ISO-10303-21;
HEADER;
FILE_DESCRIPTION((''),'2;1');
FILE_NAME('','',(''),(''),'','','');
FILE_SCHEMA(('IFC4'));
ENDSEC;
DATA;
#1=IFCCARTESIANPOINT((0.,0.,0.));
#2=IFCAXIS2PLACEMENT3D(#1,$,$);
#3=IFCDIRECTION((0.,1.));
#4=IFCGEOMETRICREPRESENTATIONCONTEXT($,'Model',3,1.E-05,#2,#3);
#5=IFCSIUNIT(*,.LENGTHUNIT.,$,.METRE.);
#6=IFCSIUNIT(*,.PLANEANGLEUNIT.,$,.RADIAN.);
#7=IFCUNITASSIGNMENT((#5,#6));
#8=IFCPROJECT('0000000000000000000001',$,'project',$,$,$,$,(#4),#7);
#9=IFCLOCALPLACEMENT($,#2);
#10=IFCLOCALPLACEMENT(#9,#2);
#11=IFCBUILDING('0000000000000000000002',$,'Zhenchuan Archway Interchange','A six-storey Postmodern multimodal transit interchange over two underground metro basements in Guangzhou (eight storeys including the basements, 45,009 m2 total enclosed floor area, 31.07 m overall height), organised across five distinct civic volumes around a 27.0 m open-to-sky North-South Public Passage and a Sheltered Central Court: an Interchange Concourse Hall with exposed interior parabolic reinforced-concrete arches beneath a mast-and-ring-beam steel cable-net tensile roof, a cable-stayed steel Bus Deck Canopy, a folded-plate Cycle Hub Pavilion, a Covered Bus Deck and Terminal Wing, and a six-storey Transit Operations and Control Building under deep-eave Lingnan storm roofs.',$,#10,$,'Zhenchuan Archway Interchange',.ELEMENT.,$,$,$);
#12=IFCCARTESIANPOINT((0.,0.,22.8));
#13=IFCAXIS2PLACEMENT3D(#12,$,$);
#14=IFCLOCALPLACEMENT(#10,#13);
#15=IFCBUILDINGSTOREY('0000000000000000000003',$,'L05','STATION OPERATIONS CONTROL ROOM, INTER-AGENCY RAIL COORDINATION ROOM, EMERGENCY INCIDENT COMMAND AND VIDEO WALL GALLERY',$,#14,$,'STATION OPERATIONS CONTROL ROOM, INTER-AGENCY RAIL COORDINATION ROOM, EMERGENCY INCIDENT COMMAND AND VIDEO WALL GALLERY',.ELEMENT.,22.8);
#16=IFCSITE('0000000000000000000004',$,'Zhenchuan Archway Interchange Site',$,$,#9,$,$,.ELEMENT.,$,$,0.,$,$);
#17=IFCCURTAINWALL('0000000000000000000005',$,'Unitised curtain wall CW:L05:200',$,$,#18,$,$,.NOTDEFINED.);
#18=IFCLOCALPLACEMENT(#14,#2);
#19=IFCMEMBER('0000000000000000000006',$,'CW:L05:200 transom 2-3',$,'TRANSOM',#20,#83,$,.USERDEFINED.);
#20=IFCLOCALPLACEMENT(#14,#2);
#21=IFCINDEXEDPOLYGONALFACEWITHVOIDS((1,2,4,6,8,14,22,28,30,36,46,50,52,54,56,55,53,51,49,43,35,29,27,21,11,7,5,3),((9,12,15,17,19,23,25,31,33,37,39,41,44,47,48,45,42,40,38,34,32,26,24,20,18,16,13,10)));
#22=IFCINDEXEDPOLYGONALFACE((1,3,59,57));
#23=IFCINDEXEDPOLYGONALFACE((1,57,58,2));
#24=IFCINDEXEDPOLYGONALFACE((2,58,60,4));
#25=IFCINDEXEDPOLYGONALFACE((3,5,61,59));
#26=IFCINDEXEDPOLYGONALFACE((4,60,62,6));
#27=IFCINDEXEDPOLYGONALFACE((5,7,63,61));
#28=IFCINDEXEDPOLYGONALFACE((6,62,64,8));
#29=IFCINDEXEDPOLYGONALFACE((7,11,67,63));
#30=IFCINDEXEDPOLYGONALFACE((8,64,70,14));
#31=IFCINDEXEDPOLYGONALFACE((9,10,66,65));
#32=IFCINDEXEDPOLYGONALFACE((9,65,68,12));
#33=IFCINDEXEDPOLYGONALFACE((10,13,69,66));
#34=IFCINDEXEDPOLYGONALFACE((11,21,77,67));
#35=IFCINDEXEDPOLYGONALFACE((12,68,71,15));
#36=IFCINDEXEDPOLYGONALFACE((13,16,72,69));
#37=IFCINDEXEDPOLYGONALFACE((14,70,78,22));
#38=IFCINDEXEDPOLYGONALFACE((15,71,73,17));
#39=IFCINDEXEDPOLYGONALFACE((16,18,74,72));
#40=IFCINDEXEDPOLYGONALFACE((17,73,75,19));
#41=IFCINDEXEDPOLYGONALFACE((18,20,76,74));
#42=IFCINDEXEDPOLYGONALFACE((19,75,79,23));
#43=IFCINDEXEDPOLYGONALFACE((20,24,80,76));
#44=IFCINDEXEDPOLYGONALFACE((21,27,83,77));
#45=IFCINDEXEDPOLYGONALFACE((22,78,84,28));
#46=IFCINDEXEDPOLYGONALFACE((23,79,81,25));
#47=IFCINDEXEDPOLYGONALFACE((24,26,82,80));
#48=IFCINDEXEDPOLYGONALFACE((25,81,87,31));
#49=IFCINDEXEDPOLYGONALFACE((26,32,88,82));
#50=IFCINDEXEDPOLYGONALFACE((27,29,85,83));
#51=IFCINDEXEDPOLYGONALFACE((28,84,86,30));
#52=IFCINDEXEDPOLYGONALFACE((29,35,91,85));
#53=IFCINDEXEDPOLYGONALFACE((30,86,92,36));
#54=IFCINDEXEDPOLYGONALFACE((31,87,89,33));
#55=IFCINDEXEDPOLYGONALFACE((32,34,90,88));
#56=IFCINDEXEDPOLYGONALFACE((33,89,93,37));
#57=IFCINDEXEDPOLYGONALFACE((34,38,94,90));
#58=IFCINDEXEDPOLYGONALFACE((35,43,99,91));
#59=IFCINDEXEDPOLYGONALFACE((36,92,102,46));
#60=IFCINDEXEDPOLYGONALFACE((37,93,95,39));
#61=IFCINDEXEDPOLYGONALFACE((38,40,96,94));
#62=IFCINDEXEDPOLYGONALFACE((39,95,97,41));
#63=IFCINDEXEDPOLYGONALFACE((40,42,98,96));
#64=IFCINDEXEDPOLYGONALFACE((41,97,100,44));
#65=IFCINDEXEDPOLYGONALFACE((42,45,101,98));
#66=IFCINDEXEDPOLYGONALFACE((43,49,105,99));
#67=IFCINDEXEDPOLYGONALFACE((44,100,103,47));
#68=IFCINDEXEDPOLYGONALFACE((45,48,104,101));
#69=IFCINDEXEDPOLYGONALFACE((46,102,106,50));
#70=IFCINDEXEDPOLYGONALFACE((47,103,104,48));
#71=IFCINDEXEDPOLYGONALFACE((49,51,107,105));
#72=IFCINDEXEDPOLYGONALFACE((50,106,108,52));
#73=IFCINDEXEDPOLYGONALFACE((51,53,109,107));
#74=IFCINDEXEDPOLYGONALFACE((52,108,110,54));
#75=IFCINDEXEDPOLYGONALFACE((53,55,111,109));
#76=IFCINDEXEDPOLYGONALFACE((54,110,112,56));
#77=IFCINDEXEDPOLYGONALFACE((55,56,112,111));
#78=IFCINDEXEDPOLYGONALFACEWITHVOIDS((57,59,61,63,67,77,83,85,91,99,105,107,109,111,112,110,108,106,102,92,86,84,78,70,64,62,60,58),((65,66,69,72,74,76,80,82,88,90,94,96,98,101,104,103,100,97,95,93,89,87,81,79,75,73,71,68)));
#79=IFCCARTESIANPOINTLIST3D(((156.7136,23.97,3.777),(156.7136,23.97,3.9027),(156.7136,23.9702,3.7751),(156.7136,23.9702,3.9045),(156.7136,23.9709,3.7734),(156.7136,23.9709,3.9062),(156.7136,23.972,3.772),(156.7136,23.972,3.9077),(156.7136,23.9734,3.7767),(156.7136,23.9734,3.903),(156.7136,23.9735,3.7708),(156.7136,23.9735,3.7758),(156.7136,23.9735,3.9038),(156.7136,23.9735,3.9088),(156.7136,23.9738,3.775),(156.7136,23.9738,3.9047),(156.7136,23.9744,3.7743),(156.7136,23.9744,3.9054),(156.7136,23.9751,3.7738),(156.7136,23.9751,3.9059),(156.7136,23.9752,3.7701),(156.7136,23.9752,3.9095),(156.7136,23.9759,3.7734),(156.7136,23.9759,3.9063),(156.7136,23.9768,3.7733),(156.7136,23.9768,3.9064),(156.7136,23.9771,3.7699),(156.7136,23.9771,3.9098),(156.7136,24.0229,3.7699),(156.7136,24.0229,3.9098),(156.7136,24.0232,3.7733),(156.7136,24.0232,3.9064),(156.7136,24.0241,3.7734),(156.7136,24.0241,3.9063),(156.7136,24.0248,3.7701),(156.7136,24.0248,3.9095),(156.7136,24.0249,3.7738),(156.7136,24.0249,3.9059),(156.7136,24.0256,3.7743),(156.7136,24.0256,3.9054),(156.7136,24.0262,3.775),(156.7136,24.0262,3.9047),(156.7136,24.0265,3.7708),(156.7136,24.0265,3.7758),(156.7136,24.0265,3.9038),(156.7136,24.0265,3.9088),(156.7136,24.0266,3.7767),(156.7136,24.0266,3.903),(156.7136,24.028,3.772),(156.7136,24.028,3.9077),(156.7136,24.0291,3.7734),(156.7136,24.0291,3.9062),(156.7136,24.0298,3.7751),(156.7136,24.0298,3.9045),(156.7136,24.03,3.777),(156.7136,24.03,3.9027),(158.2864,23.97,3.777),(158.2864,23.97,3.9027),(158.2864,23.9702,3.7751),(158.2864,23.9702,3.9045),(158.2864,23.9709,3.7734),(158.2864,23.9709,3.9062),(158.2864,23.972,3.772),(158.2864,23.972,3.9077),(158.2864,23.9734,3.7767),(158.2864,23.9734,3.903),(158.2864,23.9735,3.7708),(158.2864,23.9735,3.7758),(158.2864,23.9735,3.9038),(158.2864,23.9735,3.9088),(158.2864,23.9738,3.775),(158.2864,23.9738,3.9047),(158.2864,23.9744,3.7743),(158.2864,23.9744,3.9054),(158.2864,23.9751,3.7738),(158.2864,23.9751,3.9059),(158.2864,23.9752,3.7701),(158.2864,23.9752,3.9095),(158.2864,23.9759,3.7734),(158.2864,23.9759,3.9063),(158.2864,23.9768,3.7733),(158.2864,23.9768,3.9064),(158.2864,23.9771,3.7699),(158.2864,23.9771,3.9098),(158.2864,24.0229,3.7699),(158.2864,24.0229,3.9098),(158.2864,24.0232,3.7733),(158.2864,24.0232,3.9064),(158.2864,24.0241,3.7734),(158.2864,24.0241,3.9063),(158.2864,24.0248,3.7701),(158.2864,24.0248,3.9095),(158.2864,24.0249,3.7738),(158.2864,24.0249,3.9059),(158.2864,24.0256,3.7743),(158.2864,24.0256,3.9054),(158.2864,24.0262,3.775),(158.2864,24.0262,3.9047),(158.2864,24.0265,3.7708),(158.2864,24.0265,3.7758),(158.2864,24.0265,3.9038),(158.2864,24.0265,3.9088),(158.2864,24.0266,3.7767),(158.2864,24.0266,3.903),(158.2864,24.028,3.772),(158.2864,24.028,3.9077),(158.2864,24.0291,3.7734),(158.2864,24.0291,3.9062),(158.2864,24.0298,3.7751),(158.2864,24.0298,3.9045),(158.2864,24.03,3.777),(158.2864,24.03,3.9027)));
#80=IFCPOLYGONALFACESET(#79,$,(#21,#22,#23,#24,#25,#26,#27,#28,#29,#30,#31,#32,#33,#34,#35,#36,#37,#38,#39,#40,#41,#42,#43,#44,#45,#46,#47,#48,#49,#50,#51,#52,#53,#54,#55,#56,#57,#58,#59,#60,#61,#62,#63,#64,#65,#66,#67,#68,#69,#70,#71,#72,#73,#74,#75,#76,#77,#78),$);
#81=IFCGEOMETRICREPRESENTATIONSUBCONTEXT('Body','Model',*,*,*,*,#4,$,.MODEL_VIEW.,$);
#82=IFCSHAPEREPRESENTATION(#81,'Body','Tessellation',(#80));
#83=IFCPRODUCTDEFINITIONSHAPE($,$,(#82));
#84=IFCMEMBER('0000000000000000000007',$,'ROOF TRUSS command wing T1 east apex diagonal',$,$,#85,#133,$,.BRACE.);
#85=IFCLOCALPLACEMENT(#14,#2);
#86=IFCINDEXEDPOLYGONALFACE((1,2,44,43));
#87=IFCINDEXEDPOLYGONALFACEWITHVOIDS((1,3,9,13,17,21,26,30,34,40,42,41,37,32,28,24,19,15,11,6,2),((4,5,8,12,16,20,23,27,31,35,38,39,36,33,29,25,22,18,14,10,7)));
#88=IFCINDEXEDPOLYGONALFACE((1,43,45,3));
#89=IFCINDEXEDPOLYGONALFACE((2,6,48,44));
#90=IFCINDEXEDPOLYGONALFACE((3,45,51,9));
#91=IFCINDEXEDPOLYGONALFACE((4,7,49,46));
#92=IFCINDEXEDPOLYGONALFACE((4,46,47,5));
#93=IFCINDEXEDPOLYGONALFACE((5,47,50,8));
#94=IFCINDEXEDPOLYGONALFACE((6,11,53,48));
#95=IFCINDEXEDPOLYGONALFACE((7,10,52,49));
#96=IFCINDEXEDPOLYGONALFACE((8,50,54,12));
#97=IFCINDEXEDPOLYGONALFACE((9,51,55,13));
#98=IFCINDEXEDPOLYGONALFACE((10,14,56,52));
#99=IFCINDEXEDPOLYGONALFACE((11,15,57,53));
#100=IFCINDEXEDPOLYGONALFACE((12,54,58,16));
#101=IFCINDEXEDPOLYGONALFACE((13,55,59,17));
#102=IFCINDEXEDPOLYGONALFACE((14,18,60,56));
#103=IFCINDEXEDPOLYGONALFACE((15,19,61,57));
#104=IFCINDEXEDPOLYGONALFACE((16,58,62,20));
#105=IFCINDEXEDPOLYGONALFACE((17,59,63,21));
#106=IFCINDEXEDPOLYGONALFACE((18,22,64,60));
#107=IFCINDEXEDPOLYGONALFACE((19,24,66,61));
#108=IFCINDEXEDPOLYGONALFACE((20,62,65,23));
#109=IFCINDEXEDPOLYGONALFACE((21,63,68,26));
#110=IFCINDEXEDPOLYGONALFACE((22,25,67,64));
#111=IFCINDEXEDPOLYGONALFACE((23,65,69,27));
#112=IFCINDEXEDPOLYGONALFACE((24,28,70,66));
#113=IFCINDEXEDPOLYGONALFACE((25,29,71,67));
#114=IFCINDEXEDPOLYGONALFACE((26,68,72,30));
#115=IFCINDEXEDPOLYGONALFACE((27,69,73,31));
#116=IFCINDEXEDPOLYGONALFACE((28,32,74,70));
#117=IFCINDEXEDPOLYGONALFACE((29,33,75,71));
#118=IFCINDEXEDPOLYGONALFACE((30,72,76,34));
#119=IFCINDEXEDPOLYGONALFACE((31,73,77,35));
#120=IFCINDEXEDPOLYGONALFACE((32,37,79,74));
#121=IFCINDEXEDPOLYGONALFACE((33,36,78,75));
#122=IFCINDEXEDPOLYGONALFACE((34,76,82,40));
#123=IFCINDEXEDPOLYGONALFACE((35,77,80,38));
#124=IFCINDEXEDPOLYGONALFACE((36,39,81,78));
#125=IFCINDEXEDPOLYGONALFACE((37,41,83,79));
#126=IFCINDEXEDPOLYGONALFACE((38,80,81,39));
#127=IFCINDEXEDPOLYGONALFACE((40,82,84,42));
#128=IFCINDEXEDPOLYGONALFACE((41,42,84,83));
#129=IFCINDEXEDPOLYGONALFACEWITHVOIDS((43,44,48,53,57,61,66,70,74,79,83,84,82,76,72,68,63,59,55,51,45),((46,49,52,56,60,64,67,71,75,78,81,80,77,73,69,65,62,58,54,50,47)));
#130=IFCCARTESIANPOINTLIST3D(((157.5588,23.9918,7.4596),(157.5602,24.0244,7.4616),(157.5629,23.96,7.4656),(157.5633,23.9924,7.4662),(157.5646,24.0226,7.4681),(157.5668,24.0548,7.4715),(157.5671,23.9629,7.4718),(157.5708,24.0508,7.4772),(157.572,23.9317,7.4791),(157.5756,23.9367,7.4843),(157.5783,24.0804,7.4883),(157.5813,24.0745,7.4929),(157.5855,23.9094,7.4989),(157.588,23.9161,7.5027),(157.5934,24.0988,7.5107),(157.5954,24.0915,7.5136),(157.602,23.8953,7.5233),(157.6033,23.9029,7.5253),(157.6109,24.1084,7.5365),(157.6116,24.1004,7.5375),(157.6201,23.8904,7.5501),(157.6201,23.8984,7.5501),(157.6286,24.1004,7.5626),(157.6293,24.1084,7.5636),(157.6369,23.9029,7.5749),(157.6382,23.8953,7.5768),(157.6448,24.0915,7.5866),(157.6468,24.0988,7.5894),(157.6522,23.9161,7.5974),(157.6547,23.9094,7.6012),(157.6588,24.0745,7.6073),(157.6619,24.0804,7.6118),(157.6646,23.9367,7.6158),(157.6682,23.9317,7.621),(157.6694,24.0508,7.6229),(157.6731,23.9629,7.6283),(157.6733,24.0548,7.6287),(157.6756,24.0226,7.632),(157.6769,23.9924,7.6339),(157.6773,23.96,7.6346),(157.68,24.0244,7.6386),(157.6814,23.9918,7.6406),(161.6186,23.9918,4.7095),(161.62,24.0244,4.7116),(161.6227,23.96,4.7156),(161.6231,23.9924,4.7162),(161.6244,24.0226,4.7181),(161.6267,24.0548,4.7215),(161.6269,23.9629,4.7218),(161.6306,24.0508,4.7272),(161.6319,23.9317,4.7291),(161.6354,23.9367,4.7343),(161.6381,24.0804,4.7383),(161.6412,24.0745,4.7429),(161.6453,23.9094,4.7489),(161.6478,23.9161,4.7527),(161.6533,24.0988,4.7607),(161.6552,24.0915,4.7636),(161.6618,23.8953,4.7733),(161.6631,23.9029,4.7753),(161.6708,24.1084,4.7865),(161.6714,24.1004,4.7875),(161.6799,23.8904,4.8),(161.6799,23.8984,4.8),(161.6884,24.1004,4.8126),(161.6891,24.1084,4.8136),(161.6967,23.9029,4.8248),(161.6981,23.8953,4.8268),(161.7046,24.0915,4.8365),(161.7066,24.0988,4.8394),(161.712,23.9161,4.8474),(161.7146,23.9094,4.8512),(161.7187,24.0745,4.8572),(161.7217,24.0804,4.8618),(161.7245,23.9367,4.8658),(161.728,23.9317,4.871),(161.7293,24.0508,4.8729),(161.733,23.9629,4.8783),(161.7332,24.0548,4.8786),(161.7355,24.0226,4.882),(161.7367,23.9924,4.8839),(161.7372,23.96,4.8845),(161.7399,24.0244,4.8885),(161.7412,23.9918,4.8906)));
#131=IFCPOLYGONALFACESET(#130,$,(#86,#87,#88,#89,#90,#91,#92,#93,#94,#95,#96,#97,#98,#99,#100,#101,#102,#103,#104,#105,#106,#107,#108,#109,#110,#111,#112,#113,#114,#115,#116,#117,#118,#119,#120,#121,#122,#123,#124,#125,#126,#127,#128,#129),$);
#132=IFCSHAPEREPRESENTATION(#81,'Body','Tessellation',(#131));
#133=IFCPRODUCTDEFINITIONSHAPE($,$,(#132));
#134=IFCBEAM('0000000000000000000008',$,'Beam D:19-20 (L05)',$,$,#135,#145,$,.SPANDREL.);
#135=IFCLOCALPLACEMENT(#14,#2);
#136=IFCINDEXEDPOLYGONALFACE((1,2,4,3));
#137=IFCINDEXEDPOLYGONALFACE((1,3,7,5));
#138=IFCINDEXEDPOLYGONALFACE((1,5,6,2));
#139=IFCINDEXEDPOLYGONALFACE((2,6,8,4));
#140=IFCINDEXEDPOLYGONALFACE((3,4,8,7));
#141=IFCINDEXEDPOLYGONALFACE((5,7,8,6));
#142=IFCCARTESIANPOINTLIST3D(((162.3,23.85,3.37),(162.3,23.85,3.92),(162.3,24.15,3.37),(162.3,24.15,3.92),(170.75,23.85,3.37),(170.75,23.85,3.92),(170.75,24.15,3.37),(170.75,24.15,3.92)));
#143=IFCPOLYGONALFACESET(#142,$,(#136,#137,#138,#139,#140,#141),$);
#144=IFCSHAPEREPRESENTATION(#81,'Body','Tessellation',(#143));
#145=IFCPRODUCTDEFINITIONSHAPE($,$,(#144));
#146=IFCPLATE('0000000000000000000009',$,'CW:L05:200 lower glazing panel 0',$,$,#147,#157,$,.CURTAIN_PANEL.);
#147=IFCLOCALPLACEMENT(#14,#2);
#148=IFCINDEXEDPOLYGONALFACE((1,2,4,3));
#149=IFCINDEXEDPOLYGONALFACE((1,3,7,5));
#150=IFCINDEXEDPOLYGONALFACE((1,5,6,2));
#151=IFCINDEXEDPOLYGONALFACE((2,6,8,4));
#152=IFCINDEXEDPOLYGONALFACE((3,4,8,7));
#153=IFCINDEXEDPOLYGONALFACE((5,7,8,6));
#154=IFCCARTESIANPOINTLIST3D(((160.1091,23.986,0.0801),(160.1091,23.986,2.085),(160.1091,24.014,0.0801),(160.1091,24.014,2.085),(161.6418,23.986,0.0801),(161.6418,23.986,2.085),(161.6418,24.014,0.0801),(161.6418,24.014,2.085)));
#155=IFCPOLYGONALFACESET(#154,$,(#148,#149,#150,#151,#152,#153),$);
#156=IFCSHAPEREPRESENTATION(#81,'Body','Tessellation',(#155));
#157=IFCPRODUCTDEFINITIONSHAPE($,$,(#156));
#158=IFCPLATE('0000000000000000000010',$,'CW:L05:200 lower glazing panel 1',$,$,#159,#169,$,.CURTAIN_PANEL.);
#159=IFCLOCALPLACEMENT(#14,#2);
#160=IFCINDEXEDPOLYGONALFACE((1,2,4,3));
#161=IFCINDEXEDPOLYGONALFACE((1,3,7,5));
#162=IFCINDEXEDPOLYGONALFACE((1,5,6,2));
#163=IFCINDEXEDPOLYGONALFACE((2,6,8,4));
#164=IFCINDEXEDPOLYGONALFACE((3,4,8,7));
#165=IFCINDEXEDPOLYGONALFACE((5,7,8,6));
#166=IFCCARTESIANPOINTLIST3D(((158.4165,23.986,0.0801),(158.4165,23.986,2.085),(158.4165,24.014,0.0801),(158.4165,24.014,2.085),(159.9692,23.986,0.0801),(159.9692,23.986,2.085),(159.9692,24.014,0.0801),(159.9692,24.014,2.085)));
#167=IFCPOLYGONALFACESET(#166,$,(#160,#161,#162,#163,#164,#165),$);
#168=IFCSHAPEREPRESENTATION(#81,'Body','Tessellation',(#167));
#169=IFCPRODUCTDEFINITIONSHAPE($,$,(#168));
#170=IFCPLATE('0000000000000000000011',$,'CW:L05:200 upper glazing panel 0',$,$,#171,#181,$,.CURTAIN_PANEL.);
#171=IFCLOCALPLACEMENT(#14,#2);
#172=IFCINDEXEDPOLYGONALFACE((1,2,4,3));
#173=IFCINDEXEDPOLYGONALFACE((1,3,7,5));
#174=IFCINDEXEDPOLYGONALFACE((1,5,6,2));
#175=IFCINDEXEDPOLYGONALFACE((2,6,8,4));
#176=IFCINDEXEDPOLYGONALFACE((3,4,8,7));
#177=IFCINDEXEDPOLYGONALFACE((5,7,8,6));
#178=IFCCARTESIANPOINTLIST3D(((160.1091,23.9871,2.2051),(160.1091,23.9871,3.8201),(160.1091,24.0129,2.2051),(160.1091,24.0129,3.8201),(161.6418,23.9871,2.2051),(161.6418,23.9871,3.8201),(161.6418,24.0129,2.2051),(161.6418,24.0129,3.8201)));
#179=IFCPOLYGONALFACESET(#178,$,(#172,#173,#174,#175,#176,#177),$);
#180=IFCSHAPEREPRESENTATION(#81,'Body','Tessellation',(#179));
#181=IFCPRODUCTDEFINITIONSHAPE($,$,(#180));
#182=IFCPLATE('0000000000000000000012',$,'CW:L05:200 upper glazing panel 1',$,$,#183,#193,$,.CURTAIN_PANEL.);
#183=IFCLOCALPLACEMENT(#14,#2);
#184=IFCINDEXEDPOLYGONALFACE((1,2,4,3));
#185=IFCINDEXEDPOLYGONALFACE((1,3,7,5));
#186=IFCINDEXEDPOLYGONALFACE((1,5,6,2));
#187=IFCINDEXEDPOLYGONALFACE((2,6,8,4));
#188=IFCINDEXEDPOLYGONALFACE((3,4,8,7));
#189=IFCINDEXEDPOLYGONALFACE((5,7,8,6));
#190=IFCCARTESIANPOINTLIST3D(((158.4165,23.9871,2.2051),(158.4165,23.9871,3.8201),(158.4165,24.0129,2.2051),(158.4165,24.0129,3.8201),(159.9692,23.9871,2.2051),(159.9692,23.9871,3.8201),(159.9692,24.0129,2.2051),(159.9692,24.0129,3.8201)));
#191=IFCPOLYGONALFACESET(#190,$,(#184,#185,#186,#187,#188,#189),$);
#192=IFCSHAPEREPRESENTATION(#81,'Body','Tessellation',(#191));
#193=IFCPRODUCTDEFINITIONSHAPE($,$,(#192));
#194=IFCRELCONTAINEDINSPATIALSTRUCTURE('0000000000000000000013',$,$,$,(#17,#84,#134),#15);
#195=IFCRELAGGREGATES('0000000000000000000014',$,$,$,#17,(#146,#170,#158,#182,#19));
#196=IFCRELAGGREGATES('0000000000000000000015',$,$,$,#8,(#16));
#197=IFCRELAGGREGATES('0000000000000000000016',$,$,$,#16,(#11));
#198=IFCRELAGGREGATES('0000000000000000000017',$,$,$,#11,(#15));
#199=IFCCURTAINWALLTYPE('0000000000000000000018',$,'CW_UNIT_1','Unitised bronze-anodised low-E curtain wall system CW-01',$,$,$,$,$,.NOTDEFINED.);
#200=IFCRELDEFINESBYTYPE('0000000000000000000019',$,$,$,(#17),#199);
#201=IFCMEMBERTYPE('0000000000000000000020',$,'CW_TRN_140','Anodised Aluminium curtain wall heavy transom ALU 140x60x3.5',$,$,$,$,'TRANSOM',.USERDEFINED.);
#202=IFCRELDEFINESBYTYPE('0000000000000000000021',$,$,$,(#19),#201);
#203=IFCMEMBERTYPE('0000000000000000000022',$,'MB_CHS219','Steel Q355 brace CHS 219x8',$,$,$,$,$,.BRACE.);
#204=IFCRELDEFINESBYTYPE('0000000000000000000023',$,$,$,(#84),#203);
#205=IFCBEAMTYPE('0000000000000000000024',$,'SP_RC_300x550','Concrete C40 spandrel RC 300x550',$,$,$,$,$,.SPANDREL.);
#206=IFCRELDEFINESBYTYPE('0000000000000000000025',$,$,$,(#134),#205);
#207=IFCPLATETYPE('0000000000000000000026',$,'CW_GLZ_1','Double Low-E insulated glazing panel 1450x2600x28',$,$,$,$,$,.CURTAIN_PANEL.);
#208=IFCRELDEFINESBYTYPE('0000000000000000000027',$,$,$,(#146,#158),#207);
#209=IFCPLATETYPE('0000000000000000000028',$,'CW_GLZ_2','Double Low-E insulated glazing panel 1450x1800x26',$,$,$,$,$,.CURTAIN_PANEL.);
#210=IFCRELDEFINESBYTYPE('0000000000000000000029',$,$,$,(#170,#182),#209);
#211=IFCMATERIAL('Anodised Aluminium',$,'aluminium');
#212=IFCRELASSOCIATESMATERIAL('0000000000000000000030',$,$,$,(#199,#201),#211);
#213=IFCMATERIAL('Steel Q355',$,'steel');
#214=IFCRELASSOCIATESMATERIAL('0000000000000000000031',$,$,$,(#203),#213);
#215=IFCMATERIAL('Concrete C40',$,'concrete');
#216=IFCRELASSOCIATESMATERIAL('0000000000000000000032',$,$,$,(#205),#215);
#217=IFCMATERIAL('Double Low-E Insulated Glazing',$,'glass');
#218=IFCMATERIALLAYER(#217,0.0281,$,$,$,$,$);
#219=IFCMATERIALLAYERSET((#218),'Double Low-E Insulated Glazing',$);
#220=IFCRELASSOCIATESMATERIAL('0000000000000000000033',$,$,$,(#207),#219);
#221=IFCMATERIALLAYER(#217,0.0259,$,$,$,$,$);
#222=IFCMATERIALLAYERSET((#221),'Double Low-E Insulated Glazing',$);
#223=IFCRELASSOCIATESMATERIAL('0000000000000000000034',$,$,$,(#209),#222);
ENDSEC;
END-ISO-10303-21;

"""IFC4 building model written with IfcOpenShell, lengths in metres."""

from ifc_helpers import new_model, si_unit, direction, frame, origin, origin_2d, place, context, subcontext, project, spatial, rectangle, hollow_rectangle, hollow_circle, extrude, material, layer, layer_set, material_profile, profile_set, type_object, element, aggregate, save


model = new_model("IFC4")

# Units and contexts
model_context = context("Model", 3, precision=1e-05, world=origin(), true_north=direction((0.0, 1.0)))
body_context = subcontext(model_context, "Body", "Model", "MODEL_VIEW")
ifc_project = project(units=[si_unit("LENGTHUNIT", "METRE"), si_unit("PLANEANGLEUNIT", "RADIAN")], contexts=[model_context])

# Site, building, storey
site_placement = place(None, origin())
site = spatial("IfcSite", under=ifc_project, at=site_placement, Name="Zhenchuan Archway Interchange Site", CompositionType="ELEMENT", RefElevation=0.0)
building_placement = place(site_placement, origin())
building = spatial("IfcBuilding", under=site, at=building_placement, Name="Zhenchuan Archway Interchange", Description="A six-storey Postmodern multimodal transit interchange over two underground metro basements in Guangzhou (eight storeys including the basements, 45,009 m2 total enclosed floor area, 31.07 m overall height), organised across five distinct civic volumes around a 27.0 m open-to-sky North-South Public Passage and a Sheltered Central Court: an Interchange Concourse Hall with exposed interior parabolic reinforced-concrete arches beneath a mast-and-ring-beam steel cable-net tensile roof, a cable-stayed steel Bus Deck Canopy, a folded-plate Cycle Hub Pavilion, a Covered Bus Deck and Terminal Wing, and a six-storey Transit Operations and Control Building under deep-eave Lingnan storm roofs.", LongName="Zhenchuan Archway Interchange", CompositionType="ELEMENT")
storey_placement = place(building_placement, frame((0.0, 0.0, 22.8)))
storey = spatial("IfcBuildingStorey", under=building, at=storey_placement, Name="L05", Description="STATION OPERATIONS CONTROL ROOM, INTER-AGENCY RAIL COORDINATION ROOM, EMERGENCY INCIDENT COMMAND AND VIDEO WALL GALLERY", LongName="STATION OPERATIONS CONTROL ROOM, INTER-AGENCY RAIL COORDINATION ROOM, EMERGENCY INCIDENT COMMAND AND VIDEO WALL GALLERY", CompositionType="ELEMENT", Elevation=22.8)

# Shared definitions
ifc_material_1 = material(Name="Concrete C40", Category="concrete")

# Shared definitions
ifc_material_2 = material(Name="Steel Q355", Category="steel")

# Curtain wall, member
ifc_material_3 = material(Name="Anodised Aluminium", Category="aluminium")
curtain_wall_type = type_object("IfcCurtainWallType", Name="CW_UNIT_1", Description="Unitised bronze-anodised low-E curtain wall system CW-01", PredefinedType="NOTDEFINED", material=ifc_material_3)
curtain_wall_placement = place(storey_placement, origin())
curtain_wall = element("IfcCurtainWall", 1, at=curtain_wall_placement, inside=storey, type_object=curtain_wall_type, Name="Unitised curtain wall CW:L05:200", PredefinedType="NOTDEFINED")
ifc_material_profile_1 = material_profile(ifc_material_3, hollow_rectangle(XDim=0.0601, YDim=0.1399, WallThickness=0.0034, InnerFilletRadius=0.0034, OuterFilletRadius=0.0071, at=origin_2d()), Name="ALU 140x60x3.5")
ifc_profile_set_1 = profile_set([ifc_material_profile_1], Name="Anodised Aluminium")
member_type_1 = type_object("IfcMemberType", Name="CW_TRN_140", Description="Anodised Aluminium curtain wall heavy transom ALU 140x60x3.5", ElementType="TRANSOM", PredefinedType="USERDEFINED", material=ifc_profile_set_1)
member_1_placement = place(storey_placement, frame((158.2864, 24.0, 3.8398), z_axis=(-1.0, 0.0, 0.0), x_axis=(0.0, -1.0, 0.0)))
member_1 = element("IfcMember", 2, at=member_1_placement, type_object=member_type_1, Name="CW:L05:200 transom 2-3", ObjectType="TRANSOM", PredefinedType="USERDEFINED", context=body_context, shape_type="SweptSolid", body=[
    extrude(hollow_rectangle(XDim=0.0601, YDim=0.1399, WallThickness=0.0034, InnerFilletRadius=0.0034, OuterFilletRadius=0.0071, at=origin_2d()), origin(), (0.0, 0.0, 1.0), 1.5728),
])

# Member
ifc_material_profile_2 = material_profile(ifc_material_2, hollow_circle(Radius=0.1096, WallThickness=0.0081, at=origin_2d()), Name="CHS 219x8")
ifc_profile_set_2 = profile_set([ifc_material_profile_2], Name="Steel Q355")
member_type_2 = type_object("IfcMemberType", Name="MB_CHS219", Description="Steel Q355 brace CHS 219x8", PredefinedType="BRACE", material=ifc_profile_set_2)
member_2_placement = place(storey_placement, frame((161.6799, 24.0, 4.8), z_axis=(-0.827937, 0.0, 0.560821), x_axis=(0.0, -1.0, 0.0)))
element("IfcMember", 3, at=member_2_placement, inside=storey, type_object=member_type_2, Name="ROOF TRUSS command wing T1 east apex diagonal", PredefinedType="BRACE", context=body_context, shape_type="SweptSolid", body=[
    extrude(hollow_circle(Radius=0.1096, WallThickness=0.0081, at=origin_2d()), origin(), (0.0, 0.0, 1.0), 4.9036),
])

# Beam
ifc_material_profile_3 = material_profile(ifc_material_1, rectangle(XDim=0.3, YDim=0.55, at=origin_2d()), Name="RC 300x550")
ifc_profile_set_3 = profile_set([ifc_material_profile_3], Name="Concrete C40")
beam_type_1 = type_object("IfcBeamType", Name="SP_RC_300x550", Description="Concrete C40 spandrel RC 300x550", PredefinedType="SPANDREL", material=ifc_profile_set_3)
beam_1_placement = place(storey_placement, frame((162.3, 24.0, 3.645), z_axis=(1.0, 0.0, 0.0), x_axis=(0.0, 1.0, 0.0)))
element("IfcBeam", 4, at=beam_1_placement, inside=storey, type_object=beam_type_1, Name="Beam D:19-20 (L05)", PredefinedType="SPANDREL", context=body_context, shape_type="SweptSolid", body=[
    extrude(rectangle(XDim=0.3, YDim=0.55, at=origin_2d()), origin(), (0.0, 0.0, 1.0), 8.45),
])

# Plates
ifc_material_4 = material(Name="Double Low-E Insulated Glazing", Category="glass")
ifc_layer_1 = layer(ifc_material_4, 0.0281)
ifc_layer_set_1 = layer_set([ifc_layer_1], Name="Double Low-E Insulated Glazing")
plate_type_1 = type_object("IfcPlateType", Name="CW_GLZ_1", Description="Double Low-E insulated glazing panel 1450x2600x28", PredefinedType="CURTAIN_PANEL", material=ifc_layer_set_1)
plate_1_placement = place(storey_placement, frame((160.8755, 24.0, 0.0801), z_axis=(0.0, 0.0, 1.0), x_axis=(-1.0, 0.0, 0.0)))
plate_1 = element("IfcPlate", 5, at=plate_1_placement, type_object=plate_type_1, Name="CW:L05:200 lower glazing panel 0", PredefinedType="CURTAIN_PANEL", context=body_context, shape_type="SweptSolid", body=[
    extrude(rectangle(XDim=1.5327, YDim=0.0281, at=origin_2d()), origin(), (0.0, 0.0, 1.0), 2.0049),
])
plate_2_placement = place(storey_placement, frame((159.1929, 24.0, 0.0801), z_axis=(0.0, 0.0, 1.0), x_axis=(-1.0, 0.0, 0.0)))
plate_2 = element("IfcPlate", 6, at=plate_2_placement, type_object=plate_type_1, Name="CW:L05:200 lower glazing panel 1", PredefinedType="CURTAIN_PANEL", context=body_context, shape_type="SweptSolid", body=[
    extrude(rectangle(XDim=1.5527, YDim=0.0281, at=origin_2d()), origin(), (0.0, 0.0, 1.0), 2.0049),
])
ifc_layer_2 = layer(ifc_material_4, 0.0259)
ifc_layer_set_2 = layer_set([ifc_layer_2], Name="Double Low-E Insulated Glazing")
plate_type_2 = type_object("IfcPlateType", Name="CW_GLZ_2", Description="Double Low-E insulated glazing panel 1450x1800x26", PredefinedType="CURTAIN_PANEL", material=ifc_layer_set_2)
plate_3_placement = place(storey_placement, frame((160.8755, 24.0, 2.2051), z_axis=(0.0, 0.0, 1.0), x_axis=(-1.0, 0.0, 0.0)))
plate_3 = element("IfcPlate", 7, at=plate_3_placement, type_object=plate_type_2, Name="CW:L05:200 upper glazing panel 0", PredefinedType="CURTAIN_PANEL", context=body_context, shape_type="SweptSolid", body=[
    extrude(rectangle(XDim=1.5327, YDim=0.0259, at=origin_2d()), origin(), (0.0, 0.0, 1.0), 1.615),
])
plate_4_placement = place(storey_placement, frame((159.1929, 24.0, 2.2051), z_axis=(0.0, 0.0, 1.0), x_axis=(-1.0, 0.0, 0.0)))
plate_4 = element("IfcPlate", 8, at=plate_4_placement, type_object=plate_type_2, Name="CW:L05:200 upper glazing panel 1", PredefinedType="CURTAIN_PANEL", context=body_context, shape_type="SweptSolid", body=[
    extrude(rectangle(XDim=1.5527, YDim=0.0259, at=origin_2d()), origin(), (0.0, 0.0, 1.0), 1.615),
])
aggregate(curtain_wall, [plate_1, plate_3, plate_2, plate_4, member_1])

save(model, "model.ifc")
